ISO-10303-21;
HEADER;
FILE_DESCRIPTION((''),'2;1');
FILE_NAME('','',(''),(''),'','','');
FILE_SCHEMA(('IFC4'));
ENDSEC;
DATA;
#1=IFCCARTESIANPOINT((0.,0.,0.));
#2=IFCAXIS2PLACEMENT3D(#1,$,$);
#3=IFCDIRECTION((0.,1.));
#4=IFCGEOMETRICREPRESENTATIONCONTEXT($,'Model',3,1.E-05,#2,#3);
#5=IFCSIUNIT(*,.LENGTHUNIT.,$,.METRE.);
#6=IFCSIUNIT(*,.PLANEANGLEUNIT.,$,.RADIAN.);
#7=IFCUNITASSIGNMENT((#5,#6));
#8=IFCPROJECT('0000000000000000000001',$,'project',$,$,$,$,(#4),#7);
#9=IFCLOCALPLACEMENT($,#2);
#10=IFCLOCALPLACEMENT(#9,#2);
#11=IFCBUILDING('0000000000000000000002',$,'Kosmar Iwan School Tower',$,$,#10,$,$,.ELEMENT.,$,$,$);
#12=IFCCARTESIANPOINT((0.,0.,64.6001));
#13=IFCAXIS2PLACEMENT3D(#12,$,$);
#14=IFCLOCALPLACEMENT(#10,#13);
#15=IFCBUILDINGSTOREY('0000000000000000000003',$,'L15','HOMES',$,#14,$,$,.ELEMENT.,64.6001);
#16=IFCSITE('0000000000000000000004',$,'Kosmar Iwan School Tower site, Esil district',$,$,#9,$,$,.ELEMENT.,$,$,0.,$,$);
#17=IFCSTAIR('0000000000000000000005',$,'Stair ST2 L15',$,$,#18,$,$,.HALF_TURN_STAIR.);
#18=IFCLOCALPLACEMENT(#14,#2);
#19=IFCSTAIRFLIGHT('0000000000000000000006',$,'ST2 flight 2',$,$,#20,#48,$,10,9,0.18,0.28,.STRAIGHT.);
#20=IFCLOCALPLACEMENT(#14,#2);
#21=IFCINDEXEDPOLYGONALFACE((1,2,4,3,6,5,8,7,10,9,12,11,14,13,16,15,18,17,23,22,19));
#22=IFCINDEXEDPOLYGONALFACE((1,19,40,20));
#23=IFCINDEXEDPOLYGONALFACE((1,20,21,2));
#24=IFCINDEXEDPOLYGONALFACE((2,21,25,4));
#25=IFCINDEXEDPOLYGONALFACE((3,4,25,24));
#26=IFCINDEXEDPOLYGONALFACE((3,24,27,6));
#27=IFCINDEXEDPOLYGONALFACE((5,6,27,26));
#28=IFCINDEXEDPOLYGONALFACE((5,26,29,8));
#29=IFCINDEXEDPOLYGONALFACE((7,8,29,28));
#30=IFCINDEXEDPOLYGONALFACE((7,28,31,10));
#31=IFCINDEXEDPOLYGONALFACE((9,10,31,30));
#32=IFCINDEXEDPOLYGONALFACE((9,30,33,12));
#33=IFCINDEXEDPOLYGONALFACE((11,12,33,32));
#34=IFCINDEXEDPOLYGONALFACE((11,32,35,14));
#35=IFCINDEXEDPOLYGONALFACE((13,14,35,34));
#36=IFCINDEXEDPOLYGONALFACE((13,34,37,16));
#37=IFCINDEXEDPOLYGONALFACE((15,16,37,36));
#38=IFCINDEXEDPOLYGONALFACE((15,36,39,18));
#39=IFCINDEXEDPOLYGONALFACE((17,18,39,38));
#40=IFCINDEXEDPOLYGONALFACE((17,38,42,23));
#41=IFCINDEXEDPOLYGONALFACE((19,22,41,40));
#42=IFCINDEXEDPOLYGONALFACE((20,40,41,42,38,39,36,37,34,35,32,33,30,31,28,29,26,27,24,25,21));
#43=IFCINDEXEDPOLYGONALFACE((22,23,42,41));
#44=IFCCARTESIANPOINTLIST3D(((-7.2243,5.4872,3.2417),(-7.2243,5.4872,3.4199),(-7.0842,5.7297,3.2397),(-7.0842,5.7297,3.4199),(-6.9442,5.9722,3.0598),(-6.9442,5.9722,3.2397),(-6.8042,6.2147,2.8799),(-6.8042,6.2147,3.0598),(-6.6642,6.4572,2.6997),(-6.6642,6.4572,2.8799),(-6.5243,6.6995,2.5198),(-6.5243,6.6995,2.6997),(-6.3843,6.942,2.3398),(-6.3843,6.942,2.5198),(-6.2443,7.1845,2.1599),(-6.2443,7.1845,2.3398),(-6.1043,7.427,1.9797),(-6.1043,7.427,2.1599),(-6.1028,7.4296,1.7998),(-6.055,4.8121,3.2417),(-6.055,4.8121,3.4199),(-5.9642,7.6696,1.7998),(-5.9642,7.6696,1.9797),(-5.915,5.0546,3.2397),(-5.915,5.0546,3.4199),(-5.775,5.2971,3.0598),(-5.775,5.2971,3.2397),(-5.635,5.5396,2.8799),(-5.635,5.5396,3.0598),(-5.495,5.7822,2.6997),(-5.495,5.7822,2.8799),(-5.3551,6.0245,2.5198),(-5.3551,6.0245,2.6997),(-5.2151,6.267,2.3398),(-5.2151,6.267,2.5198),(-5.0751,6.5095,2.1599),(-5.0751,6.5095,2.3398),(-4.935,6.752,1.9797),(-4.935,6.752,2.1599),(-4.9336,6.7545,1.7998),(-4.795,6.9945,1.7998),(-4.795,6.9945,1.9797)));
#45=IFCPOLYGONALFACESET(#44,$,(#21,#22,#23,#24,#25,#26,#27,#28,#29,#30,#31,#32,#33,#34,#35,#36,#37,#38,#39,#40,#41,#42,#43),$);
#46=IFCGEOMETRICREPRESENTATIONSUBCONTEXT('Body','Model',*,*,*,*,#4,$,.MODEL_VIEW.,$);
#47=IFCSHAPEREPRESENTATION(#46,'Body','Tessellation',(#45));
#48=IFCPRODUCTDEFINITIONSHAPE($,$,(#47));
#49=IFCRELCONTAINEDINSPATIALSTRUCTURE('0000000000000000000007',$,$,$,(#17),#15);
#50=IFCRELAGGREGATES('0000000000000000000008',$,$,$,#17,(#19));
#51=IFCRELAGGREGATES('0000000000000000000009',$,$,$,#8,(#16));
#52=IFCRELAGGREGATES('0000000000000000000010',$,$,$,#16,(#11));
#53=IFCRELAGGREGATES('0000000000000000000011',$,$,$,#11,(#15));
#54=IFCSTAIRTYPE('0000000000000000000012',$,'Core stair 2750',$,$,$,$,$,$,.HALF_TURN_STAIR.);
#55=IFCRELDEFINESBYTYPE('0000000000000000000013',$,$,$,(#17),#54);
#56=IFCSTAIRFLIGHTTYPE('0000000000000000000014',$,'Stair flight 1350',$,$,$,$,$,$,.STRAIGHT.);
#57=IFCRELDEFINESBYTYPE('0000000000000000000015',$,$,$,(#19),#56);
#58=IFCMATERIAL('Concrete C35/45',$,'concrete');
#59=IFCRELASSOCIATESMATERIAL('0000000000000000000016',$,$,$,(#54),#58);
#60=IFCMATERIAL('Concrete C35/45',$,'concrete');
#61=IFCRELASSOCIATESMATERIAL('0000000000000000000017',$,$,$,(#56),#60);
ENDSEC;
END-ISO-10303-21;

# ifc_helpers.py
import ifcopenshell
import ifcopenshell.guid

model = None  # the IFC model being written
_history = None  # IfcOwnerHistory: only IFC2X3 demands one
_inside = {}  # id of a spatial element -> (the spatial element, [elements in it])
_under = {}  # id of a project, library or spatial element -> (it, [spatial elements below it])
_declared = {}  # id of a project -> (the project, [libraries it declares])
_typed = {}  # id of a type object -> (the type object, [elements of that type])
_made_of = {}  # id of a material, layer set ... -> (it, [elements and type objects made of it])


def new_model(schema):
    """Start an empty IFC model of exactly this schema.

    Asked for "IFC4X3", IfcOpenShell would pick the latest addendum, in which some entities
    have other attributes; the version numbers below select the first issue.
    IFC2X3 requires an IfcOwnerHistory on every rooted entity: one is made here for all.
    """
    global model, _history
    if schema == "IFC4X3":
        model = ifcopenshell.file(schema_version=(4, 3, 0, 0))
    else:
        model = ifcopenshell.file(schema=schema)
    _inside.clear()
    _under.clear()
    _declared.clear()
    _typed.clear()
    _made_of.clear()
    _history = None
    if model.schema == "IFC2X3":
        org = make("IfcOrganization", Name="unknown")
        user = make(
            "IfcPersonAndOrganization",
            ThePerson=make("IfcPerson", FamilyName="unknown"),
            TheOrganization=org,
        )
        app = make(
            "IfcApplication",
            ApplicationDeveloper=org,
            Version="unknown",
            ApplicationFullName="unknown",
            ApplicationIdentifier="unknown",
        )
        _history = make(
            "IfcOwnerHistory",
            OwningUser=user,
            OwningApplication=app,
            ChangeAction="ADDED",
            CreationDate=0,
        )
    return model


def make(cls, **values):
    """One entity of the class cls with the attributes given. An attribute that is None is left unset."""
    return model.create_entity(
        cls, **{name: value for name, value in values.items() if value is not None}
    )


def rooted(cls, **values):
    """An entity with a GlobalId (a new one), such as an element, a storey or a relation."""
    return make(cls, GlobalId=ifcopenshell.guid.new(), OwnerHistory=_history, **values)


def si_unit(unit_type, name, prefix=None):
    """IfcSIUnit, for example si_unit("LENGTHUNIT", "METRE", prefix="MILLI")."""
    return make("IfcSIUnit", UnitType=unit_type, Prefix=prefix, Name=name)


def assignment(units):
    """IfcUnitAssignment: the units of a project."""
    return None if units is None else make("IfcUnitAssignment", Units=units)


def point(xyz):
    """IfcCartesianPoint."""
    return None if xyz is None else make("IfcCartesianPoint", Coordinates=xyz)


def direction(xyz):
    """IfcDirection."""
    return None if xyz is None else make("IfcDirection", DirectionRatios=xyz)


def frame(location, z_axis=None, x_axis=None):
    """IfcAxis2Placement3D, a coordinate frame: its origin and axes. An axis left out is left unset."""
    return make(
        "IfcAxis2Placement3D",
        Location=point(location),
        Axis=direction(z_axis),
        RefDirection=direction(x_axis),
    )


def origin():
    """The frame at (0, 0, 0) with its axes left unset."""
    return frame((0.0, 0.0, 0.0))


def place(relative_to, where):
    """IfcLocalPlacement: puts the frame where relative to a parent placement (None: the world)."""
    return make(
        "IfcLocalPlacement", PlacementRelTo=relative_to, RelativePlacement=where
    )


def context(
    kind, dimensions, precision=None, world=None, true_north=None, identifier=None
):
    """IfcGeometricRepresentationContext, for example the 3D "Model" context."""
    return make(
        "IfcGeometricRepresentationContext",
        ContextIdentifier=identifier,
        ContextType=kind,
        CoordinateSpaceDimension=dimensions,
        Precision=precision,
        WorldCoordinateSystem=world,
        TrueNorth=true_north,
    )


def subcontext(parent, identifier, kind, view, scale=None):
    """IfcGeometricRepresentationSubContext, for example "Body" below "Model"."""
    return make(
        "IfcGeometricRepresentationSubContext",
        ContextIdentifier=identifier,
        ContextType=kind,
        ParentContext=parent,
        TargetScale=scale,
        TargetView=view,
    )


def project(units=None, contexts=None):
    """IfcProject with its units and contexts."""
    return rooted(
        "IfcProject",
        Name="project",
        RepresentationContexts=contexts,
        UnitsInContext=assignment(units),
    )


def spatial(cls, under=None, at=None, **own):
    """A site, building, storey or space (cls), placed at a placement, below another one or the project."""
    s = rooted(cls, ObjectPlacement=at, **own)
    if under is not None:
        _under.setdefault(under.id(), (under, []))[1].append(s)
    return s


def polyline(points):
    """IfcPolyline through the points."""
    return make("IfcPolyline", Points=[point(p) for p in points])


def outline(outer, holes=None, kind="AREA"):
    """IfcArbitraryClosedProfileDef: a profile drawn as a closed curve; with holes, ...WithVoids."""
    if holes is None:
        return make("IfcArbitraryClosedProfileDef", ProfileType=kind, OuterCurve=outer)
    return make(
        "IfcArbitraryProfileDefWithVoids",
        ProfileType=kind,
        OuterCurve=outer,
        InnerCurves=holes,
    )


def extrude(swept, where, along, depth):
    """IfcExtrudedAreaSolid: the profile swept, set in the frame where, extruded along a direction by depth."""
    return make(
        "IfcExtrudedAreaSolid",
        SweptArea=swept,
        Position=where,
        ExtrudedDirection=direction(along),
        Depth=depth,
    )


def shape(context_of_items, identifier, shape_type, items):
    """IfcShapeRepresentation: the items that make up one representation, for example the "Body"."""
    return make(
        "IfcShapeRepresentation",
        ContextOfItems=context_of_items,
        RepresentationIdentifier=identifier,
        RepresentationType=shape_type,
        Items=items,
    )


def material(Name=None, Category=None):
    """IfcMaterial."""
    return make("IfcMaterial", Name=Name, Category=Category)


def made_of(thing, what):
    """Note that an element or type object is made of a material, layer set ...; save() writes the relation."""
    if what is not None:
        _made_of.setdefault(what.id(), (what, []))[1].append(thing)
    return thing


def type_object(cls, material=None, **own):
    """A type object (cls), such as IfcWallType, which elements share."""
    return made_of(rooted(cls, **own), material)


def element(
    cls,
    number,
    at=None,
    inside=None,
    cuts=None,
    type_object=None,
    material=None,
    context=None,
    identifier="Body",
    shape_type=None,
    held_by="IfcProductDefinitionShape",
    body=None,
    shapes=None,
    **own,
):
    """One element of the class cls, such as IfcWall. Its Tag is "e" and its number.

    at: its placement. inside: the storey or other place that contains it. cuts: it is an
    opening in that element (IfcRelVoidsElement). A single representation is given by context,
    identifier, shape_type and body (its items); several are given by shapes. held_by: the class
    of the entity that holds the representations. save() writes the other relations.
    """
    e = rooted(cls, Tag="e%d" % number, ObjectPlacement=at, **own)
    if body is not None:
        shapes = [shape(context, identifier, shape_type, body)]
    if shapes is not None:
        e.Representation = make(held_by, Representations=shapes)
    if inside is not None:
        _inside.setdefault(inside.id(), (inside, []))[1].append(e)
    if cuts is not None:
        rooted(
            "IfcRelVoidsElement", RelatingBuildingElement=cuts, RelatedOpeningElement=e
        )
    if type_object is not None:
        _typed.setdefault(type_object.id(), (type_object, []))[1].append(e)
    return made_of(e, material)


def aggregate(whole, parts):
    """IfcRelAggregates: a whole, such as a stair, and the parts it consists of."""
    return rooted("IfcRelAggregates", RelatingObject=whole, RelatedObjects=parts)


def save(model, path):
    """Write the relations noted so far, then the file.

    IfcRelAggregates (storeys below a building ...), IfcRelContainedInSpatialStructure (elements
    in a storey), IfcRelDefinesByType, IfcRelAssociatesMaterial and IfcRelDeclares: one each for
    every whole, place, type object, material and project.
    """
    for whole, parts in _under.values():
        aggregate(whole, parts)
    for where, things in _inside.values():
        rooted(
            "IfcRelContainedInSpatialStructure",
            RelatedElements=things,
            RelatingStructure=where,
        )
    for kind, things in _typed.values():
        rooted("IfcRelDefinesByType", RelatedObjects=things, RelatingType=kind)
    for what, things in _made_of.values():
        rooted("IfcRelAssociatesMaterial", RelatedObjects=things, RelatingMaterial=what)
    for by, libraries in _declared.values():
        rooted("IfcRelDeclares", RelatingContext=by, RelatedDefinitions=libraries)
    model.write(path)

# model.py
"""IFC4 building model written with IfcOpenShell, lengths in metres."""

from ifc_helpers import new_model, si_unit, direction, frame, origin, place, context, subcontext, project, spatial, polyline, outline, extrude, material, type_object, element, aggregate, save


model = new_model("IFC4")

# Units and contexts
model_context = context("Model", 3, precision=1e-05, world=origin(), true_north=direction((0.0, 1.0)))
body_context = subcontext(model_context, "Body", "Model", "MODEL_VIEW")
ifc_project = project(units=[si_unit("LENGTHUNIT", "METRE"), si_unit("PLANEANGLEUNIT", "RADIAN")], contexts=[model_context])

# Site, building, storey
site_placement = place(None, origin())
site = spatial("IfcSite", under=ifc_project, at=site_placement, Name="Kosmar Iwan School Tower site, Esil district", CompositionType="ELEMENT", RefElevation=0.0)
building_placement = place(site_placement, origin())
building = spatial("IfcBuilding", under=site, at=building_placement, Name="Kosmar Iwan School Tower", CompositionType="ELEMENT")
storey_placement = place(building_placement, frame((0.0, 0.0, 64.6001)))
storey = spatial("IfcBuildingStorey", under=building, at=storey_placement, Name="L15", Description="HOMES", CompositionType="ELEMENT", Elevation=64.6001)

# Stair, stair flight
ifc_material_1 = material(Name="Concrete C35/45", Category="concrete")
stair_type = type_object("IfcStairType", Name="Core stair 2750", PredefinedType="HALF_TURN_STAIR", material=ifc_material_1)
stair_placement = place(storey_placement, origin())
stair = element("IfcStair", 1, at=stair_placement, inside=storey, type_object=stair_type, Name="Stair ST2 L15", PredefinedType="HALF_TURN_STAIR")
ifc_material_2 = material(Name="Concrete C35/45", Category="concrete")
stair_flight_type = type_object("IfcStairFlightType", Name="Stair flight 1350", PredefinedType="STRAIGHT", material=ifc_material_2)
stair_flight_1_placement = place(storey_placement, frame((-5.3796, 7.332, 1.7998), z_axis=(0.0, 0.0, 1.0), x_axis=(-0.5, -0.866025, 0.0)))
stair_flight_1 = element("IfcStairFlight", 2, at=stair_flight_1_placement, type_object=stair_flight_type, Name="ST2 flight 2", NumberOfRisers=10, NumberOfTreads=9, PredefinedType="STRAIGHT", RiserHeight=0.18, TreadLength=0.28, context=body_context, shape_type="SweptSolid", body=[
    extrude(outline(polyline([(0.0, 0.0), (0.0, 0.1799), (0.28, 0.1799), (0.28, 0.3601), (0.5601, 0.3601), (0.5601, 0.54), (0.8401, 0.54), (0.8401, 0.72), (1.1201, 0.72), (1.1201, 0.8999), (1.3999, 0.8999), (1.3999, 1.0801), (1.6799, 1.0801), (1.6799, 1.26), (1.96, 1.26), (1.96, 1.4399), (2.24, 1.4399), (2.24, 1.6201), (2.52, 1.6201), (2.52, 1.8), (2.52, 1.4419), (0.2771, 0.0), (0.0, 0.0)])), frame((0.0, 0.675, 0.0), z_axis=(0.0, -1.0, 0.0), x_axis=(1.0, 0.0, 0.0)), (0.0, 0.0, 1.0), 1.3501),
])
aggregate(stair, [stair_flight_1])

save(model, "model.ifc")
